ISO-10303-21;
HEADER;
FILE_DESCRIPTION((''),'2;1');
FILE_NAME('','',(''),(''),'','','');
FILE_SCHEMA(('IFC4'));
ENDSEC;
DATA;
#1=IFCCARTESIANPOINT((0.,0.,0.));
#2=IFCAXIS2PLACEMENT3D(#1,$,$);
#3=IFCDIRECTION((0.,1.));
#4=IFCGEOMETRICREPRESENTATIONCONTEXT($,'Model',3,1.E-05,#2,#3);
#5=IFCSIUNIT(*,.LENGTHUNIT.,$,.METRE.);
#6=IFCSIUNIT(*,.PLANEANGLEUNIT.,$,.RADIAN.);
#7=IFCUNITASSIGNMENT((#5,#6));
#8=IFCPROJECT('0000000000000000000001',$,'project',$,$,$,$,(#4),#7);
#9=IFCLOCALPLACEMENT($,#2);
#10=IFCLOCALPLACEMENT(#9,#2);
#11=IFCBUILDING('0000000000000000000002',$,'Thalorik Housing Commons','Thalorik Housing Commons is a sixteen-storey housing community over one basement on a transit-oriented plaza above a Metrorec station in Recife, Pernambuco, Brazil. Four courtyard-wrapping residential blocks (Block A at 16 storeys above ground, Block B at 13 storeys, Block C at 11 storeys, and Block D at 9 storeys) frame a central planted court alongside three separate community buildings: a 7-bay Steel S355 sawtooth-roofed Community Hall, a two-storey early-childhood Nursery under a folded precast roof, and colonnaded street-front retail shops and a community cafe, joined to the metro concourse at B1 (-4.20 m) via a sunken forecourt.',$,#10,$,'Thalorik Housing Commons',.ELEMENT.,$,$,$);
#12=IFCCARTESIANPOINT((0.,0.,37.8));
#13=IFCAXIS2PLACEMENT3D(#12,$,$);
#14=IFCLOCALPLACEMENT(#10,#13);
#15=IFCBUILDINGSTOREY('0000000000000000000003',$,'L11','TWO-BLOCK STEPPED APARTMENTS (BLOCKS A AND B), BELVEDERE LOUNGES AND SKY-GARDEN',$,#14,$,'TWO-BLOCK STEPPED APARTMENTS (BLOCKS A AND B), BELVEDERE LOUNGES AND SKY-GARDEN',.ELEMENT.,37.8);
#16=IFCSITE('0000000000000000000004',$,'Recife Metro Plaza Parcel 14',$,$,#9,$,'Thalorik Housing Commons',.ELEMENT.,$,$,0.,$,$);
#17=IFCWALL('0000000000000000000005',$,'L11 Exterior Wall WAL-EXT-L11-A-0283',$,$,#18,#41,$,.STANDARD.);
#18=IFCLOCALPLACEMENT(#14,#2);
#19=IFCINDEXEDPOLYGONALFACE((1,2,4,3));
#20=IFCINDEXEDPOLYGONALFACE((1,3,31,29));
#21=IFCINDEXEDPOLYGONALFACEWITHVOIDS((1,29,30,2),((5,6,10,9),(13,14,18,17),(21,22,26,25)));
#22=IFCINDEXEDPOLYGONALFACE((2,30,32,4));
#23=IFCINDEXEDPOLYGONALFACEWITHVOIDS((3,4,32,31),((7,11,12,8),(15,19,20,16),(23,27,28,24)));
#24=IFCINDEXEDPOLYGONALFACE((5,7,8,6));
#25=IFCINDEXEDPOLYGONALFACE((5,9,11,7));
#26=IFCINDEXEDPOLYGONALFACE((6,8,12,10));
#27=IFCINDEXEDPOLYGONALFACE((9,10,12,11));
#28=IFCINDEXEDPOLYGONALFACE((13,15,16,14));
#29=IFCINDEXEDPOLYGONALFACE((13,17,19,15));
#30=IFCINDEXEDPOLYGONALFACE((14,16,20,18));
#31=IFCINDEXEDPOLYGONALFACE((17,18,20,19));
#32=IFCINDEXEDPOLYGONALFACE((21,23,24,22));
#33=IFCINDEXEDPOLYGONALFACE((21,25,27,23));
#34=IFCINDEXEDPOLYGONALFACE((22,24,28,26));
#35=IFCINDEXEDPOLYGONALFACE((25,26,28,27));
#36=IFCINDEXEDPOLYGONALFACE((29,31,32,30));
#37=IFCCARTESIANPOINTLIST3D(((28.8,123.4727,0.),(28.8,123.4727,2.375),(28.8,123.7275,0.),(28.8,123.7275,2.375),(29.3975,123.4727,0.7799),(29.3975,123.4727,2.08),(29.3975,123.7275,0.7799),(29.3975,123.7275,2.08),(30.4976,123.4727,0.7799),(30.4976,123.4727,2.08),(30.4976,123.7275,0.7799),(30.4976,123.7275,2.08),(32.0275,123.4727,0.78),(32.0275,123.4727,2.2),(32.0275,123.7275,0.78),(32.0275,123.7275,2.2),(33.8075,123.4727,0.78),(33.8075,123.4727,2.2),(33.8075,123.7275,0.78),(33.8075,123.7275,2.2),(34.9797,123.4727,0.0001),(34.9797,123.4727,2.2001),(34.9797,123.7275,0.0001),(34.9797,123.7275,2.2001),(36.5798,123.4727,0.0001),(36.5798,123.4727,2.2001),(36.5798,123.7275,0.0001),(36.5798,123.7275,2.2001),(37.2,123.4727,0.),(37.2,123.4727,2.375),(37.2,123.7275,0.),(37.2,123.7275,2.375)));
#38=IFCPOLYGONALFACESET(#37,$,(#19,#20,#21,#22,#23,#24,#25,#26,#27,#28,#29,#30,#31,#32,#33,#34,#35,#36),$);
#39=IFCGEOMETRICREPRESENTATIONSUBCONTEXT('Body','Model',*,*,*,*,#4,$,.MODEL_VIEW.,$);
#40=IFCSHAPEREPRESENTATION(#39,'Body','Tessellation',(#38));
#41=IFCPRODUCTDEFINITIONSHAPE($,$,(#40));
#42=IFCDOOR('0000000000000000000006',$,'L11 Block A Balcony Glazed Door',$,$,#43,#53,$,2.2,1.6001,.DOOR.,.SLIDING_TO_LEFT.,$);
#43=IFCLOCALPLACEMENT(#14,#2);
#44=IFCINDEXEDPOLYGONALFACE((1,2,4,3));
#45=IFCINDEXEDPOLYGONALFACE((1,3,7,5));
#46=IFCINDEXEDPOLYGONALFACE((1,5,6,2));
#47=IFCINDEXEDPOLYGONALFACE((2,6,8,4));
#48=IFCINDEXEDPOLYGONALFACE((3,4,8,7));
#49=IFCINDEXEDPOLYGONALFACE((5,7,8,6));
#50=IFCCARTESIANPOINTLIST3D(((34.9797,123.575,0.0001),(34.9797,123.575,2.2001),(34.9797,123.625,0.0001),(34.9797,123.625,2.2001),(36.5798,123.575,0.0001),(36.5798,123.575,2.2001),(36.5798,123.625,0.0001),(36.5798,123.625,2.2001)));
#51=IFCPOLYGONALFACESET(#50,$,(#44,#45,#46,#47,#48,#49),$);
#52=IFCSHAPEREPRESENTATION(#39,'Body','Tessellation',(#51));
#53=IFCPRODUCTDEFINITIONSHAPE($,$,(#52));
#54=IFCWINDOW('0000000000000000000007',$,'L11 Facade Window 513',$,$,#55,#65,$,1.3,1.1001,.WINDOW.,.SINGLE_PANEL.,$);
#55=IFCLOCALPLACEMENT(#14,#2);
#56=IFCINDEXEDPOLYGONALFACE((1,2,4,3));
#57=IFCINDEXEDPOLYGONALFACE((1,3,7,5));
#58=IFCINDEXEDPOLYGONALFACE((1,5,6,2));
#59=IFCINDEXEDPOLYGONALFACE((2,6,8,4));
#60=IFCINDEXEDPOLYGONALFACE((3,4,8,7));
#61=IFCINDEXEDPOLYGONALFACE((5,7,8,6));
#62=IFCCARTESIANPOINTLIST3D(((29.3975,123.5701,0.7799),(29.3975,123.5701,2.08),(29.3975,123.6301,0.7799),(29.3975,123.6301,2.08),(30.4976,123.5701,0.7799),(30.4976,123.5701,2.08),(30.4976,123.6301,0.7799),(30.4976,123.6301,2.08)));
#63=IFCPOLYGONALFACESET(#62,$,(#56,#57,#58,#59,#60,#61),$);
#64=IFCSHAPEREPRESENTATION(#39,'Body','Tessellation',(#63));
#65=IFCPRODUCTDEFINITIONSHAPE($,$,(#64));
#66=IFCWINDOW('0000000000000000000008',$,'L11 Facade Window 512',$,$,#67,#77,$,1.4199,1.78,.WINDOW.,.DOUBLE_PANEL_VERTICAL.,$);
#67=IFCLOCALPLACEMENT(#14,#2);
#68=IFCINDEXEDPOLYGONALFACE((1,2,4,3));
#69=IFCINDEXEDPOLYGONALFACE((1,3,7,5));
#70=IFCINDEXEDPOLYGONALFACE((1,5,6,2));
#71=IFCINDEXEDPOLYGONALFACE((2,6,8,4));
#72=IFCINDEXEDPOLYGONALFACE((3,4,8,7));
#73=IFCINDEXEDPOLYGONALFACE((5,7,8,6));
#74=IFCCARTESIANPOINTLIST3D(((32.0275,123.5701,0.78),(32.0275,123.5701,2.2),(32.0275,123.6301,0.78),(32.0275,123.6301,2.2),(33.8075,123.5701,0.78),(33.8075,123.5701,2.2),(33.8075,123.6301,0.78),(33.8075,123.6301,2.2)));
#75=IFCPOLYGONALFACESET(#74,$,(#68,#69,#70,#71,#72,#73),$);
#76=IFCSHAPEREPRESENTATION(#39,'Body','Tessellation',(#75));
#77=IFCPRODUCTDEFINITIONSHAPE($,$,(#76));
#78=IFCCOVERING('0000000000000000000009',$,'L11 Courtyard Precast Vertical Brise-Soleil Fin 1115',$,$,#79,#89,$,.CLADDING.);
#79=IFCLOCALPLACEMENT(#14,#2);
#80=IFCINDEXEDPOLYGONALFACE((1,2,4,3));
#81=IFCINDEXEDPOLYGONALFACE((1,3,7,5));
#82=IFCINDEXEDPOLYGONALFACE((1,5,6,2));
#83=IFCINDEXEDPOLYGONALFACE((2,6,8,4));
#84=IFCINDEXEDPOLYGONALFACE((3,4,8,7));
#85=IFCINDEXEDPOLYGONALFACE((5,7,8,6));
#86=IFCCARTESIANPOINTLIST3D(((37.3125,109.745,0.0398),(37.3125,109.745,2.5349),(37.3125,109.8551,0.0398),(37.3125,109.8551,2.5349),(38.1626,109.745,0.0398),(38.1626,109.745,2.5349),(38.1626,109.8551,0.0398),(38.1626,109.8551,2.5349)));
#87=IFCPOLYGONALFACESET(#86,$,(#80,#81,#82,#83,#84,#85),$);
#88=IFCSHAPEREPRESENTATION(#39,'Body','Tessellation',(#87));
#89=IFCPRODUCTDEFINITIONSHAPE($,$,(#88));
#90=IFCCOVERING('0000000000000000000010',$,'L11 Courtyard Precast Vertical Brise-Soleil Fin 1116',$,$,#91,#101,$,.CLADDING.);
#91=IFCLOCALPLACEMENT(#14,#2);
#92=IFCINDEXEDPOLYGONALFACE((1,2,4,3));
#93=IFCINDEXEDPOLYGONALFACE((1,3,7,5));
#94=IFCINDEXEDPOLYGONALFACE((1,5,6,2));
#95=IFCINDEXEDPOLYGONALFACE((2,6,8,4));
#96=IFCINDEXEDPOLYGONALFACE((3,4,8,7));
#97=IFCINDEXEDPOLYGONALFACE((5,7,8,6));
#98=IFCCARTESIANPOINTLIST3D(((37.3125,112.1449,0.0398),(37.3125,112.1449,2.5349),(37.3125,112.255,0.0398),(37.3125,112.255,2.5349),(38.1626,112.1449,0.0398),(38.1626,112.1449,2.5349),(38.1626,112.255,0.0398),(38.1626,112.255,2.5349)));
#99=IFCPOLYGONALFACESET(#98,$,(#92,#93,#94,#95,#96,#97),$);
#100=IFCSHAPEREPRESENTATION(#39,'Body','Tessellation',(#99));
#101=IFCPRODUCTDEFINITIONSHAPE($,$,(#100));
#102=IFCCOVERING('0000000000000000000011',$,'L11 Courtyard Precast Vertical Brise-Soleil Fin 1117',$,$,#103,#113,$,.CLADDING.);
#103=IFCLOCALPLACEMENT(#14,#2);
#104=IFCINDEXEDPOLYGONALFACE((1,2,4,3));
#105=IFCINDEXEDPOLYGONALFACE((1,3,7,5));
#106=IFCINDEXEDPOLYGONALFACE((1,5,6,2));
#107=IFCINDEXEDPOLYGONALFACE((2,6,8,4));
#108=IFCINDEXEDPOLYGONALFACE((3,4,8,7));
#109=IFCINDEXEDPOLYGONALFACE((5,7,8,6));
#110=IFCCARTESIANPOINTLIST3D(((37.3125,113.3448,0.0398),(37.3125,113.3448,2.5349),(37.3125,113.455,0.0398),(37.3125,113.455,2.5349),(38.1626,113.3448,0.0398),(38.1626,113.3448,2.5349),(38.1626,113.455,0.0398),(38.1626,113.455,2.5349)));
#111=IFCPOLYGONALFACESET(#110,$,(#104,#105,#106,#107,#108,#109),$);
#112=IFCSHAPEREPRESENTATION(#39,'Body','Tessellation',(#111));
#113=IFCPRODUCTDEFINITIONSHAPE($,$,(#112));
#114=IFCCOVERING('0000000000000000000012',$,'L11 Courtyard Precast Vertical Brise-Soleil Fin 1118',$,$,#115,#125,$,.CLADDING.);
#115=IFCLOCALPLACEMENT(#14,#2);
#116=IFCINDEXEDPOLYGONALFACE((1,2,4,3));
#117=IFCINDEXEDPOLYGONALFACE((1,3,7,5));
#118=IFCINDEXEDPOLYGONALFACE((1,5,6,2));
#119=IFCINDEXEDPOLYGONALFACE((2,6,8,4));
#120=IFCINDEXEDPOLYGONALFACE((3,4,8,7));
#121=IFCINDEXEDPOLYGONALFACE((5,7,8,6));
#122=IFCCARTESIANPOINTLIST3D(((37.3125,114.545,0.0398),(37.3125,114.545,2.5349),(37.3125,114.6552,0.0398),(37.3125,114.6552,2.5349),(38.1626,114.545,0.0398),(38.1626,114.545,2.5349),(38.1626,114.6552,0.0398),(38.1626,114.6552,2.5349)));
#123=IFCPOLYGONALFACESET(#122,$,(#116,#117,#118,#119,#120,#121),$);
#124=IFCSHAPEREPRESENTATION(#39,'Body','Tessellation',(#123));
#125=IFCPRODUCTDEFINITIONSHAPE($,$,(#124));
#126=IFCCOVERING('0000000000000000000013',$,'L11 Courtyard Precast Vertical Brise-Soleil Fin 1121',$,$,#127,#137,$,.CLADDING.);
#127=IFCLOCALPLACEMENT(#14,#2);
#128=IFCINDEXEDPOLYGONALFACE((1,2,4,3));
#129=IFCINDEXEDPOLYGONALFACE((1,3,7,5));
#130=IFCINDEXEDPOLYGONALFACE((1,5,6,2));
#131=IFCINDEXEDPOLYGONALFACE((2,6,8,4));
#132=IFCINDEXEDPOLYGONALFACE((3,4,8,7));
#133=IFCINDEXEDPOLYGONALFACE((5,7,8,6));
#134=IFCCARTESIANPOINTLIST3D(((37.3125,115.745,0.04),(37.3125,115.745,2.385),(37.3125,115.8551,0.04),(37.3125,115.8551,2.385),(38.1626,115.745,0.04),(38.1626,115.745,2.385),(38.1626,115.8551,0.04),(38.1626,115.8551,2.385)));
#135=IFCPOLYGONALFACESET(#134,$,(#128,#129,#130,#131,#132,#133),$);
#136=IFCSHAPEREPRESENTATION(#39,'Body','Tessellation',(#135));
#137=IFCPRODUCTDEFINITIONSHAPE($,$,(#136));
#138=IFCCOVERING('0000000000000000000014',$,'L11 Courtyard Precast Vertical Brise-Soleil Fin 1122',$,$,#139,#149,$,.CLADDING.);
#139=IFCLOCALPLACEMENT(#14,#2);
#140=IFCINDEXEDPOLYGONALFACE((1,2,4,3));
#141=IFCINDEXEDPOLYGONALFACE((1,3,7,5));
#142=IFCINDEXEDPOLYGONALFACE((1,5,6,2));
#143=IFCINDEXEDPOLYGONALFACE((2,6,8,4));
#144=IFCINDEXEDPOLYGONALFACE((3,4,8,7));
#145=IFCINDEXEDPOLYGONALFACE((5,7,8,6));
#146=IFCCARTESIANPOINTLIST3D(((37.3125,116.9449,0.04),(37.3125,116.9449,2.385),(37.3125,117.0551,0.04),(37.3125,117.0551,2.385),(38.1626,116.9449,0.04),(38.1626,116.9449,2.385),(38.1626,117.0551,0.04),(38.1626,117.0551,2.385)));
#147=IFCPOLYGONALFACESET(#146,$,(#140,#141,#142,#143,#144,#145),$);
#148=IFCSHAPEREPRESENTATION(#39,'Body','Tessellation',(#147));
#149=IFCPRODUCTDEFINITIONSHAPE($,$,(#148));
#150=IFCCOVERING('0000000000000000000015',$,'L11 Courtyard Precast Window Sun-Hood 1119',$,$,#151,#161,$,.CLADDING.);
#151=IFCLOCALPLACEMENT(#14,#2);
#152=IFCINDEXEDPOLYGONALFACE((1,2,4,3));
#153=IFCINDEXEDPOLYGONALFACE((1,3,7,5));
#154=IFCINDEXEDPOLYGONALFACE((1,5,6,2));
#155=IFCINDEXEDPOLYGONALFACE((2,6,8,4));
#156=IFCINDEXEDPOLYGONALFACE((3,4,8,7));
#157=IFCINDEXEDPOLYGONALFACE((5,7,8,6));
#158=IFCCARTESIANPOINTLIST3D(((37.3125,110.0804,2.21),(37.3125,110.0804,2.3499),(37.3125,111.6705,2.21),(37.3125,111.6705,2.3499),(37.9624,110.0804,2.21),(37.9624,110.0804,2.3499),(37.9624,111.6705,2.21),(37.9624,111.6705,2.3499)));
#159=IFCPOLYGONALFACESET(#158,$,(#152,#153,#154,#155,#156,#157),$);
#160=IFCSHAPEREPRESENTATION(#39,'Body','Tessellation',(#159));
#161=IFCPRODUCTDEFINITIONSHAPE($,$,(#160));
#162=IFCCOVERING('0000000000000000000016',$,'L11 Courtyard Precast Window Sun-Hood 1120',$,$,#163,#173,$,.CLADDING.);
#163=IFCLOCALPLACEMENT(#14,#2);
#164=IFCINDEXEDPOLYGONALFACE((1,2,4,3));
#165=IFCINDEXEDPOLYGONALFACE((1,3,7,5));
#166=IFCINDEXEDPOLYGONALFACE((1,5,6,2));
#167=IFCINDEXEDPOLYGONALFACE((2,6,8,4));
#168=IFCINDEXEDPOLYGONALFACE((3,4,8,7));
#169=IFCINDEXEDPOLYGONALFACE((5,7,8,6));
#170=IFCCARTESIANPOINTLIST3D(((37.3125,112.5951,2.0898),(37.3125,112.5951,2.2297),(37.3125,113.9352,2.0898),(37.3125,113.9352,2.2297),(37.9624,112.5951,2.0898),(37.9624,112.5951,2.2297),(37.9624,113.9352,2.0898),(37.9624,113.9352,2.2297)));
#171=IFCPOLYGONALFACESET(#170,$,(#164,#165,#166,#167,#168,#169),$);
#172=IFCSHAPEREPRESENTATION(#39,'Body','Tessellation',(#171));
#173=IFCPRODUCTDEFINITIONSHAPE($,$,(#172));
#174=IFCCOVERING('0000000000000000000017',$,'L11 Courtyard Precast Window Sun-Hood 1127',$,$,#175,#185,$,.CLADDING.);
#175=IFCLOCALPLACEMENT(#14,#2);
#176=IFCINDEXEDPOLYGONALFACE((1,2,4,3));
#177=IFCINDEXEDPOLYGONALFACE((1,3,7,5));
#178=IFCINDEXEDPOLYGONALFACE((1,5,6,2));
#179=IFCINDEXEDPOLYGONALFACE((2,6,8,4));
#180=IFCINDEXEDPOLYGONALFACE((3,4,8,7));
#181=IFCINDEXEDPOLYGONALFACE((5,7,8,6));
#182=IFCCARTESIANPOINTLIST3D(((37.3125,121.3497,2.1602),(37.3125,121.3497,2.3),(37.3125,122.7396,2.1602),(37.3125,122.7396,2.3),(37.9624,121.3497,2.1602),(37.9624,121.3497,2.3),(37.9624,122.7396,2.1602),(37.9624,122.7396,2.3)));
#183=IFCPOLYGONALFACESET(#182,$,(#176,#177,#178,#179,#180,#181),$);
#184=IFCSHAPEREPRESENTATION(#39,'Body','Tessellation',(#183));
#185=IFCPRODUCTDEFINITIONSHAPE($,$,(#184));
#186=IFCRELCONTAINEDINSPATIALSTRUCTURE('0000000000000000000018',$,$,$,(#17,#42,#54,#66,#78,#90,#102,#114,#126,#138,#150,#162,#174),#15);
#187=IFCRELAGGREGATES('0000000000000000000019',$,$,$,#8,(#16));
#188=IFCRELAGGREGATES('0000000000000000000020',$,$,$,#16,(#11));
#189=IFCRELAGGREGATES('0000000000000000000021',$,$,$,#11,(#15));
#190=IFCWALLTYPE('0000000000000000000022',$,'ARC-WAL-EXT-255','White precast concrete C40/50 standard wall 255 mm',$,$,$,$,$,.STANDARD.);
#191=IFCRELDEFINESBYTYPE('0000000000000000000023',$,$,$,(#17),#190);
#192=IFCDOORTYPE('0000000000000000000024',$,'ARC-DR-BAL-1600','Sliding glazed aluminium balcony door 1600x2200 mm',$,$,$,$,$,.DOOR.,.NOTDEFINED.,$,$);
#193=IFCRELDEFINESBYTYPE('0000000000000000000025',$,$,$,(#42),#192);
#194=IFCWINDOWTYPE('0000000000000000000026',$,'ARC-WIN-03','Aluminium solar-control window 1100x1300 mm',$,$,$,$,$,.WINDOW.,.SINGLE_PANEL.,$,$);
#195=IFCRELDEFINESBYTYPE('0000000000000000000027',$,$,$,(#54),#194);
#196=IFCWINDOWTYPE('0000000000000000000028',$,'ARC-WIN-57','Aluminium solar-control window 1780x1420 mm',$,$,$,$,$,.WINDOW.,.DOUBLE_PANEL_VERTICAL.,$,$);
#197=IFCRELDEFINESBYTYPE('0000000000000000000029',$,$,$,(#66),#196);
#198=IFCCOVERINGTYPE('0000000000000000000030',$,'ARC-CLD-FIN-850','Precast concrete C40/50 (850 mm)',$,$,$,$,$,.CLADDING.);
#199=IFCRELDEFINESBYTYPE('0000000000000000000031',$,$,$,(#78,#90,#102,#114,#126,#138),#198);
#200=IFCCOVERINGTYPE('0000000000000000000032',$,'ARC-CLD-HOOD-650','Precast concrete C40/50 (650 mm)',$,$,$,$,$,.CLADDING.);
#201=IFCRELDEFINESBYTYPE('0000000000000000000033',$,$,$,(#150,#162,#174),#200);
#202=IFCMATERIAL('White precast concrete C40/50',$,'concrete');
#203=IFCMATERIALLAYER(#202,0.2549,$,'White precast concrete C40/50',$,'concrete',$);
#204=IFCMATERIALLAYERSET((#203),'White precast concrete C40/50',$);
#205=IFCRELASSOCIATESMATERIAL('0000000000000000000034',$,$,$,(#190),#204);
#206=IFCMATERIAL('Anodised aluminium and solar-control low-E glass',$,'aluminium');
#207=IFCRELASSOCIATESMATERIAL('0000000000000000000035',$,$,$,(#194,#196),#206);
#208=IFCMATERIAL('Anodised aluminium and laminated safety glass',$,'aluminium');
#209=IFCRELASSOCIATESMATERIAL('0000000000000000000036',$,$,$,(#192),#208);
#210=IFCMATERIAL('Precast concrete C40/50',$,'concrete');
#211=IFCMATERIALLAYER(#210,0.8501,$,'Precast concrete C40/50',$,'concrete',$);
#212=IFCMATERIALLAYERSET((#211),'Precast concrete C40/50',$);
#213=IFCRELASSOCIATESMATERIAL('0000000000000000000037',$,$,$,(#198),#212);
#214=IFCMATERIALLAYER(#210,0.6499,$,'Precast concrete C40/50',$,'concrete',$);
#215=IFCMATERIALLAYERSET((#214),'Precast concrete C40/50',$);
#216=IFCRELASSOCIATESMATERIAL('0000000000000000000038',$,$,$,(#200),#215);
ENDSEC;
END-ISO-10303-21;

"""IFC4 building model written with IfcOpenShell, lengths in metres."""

from ifc_helpers import new_model, si_unit, direction, frame, frame_2d, origin, origin_2d, place, context, subcontext, project, spatial, rectangle, extrude, material, layer, layer_set, type_object, element, fill, save


model = new_model("IFC4")

# Units and contexts
model_context = context("Model", 3, precision=1e-05, world=origin(), true_north=direction((0.0, 1.0)))
body_context = subcontext(model_context, "Body", "Model", "MODEL_VIEW")
ifc_project = project(units=[si_unit("LENGTHUNIT", "METRE"), si_unit("PLANEANGLEUNIT", "RADIAN")], contexts=[model_context])

# Site, building, storey
site_placement = place(None, origin())
site = spatial("IfcSite", under=ifc_project, at=site_placement, Name="Recife Metro Plaza Parcel 14", LongName="Thalorik Housing Commons", CompositionType="ELEMENT", RefElevation=0.0)
building_placement = place(site_placement, origin())
building = spatial("IfcBuilding", under=site, at=building_placement, Name="Thalorik Housing Commons", Description="Thalorik Housing Commons is a sixteen-storey housing community over one basement on a transit-oriented plaza above a Metrorec station in Recife, Pernambuco, Brazil. Four courtyard-wrapping residential blocks (Block A at 16 storeys above ground, Block B at 13 storeys, Block C at 11 storeys, and Block D at 9 storeys) frame a central planted court alongside three separate community buildings: a 7-bay Steel S355 sawtooth-roofed Community Hall, a two-storey early-childhood Nursery under a folded precast roof, and colonnaded street-front retail shops and a community cafe, joined to the metro concourse at B1 (-4.20 m) via a sunken forecourt.", LongName="Thalorik Housing Commons", CompositionType="ELEMENT")
storey_placement = place(building_placement, frame((0.0, 0.0, 37.8)))
storey = spatial("IfcBuildingStorey", under=building, at=storey_placement, Name="L11", Description="TWO-BLOCK STEPPED APARTMENTS (BLOCKS A AND B), BELVEDERE LOUNGES AND SKY-GARDEN", LongName="TWO-BLOCK STEPPED APARTMENTS (BLOCKS A AND B), BELVEDERE LOUNGES AND SKY-GARDEN", CompositionType="ELEMENT", Elevation=37.8)

# Shared definitions
ifc_material_1 = material(Name="Precast concrete C40/50", Category="concrete")

# Shared definitions
ifc_material_2 = material(Name="Anodised aluminium and solar-control low-E glass", Category="aluminium")

# Shared definitions
ifc_material_3 = material(Name="White precast concrete C40/50", Category="concrete")
ifc_layer_1 = layer(ifc_material_3, 0.2549, Name="White precast concrete C40/50", Category="concrete")
ifc_layer_set_1 = layer_set([ifc_layer_1], Name="White precast concrete C40/50")
wall_type = type_object("IfcWallType", Name="ARC-WAL-EXT-255", Description="White precast concrete C40/50 standard wall 255 mm", PredefinedType="STANDARD", material=ifc_layer_set_1)
ifc_material_4 = material(Name="Anodised aluminium and laminated safety glass", Category="aluminium")
window_type_1 = type_object("IfcWindowType", Name="ARC-WIN-03", Description="Aluminium solar-control window 1100x1300 mm", PartitioningType="SINGLE_PANEL", PredefinedType="WINDOW", material=ifc_material_2)

# Wall, openings, door, windows
wall_1_placement = place(storey_placement, frame((37.2, 123.6001, 0.0), z_axis=(0.0, 0.0, 1.0), x_axis=(-1.0, 0.0, 0.0)))
wall_1 = element("IfcWall", 1, at=wall_1_placement, inside=storey, type_object=wall_type, Name="L11 Exterior Wall WAL-EXT-L11-A-0283", PredefinedType="STANDARD", context=body_context, shape_type="SweptSolid", body=[
    extrude(rectangle(XDim=8.3999, YDim=0.2549, at=frame_2d((4.2, 0.0))), origin(), (0.0, 0.0, 1.0), 2.375),
])
opening_1_placement = place(wall_1_placement, frame((0.6201, 0.0, 0.0)))
opening_1 = element("IfcOpeningElement", 2, at=opening_1_placement, cuts=wall_1, PredefinedType="OPENING", context=body_context, shape_type="SweptSolid", body=[
    extrude(rectangle(XDim=1.6001, YDim=2.2, at=frame_2d((0.8, 1.1001))), frame((0.0, 0.1375, 0.0), z_axis=(0.0, -1.0, 0.0), x_axis=(1.0, 0.0, 0.0)), (0.0, 0.0, 1.0), 0.2749),
])
opening_2_placement = place(wall_1_placement, frame((3.3923, 0.0, 0.78)))
opening_2 = element("IfcOpeningElement", 3, at=opening_2_placement, cuts=wall_1, PredefinedType="OPENING", context=body_context, shape_type="SweptSolid", body=[
    extrude(rectangle(XDim=1.78, YDim=1.4199, at=frame_2d((0.8901, 0.71))), frame((0.0, 0.1375, 0.0), z_axis=(0.0, -1.0, 0.0), x_axis=(1.0, 0.0, 0.0)), (0.0, 0.0, 1.0), 0.2749),
])
opening_3_placement = place(wall_1_placement, frame((6.7024, 0.0, 0.78)))
opening_3 = element("IfcOpeningElement", 4, at=opening_3_placement, cuts=wall_1, PredefinedType="OPENING", context=body_context, shape_type="SweptSolid", body=[
    extrude(rectangle(XDim=1.1001, YDim=1.3, at=frame_2d((0.55, 0.6499))), frame((0.0, 0.1375, 0.0), z_axis=(0.0, -1.0, 0.0), x_axis=(1.0, 0.0, 0.0)), (0.0, 0.0, 1.0), 0.2749),
])
door_type_1 = type_object("IfcDoorType", Name="ARC-DR-BAL-1600", Description="Sliding glazed aluminium balcony door 1600x2200 mm", OperationType="NOTDEFINED", PredefinedType="DOOR", material=ifc_material_4)
door_1_placement = place(opening_1_placement, frame((1.6001, 0.0, 0.0), z_axis=(0.0, 0.0, 1.0), x_axis=(-1.0, 0.0, 0.0)))
door_1 = element("IfcDoor", 5, at=door_1_placement, inside=storey, type_object=door_type_1, Name="L11 Block A Balcony Glazed Door", OperationType="SLIDING_TO_LEFT", OverallHeight=2.2, OverallWidth=1.6001, PredefinedType="DOOR", context=body_context, shape_type="SweptSolid", body=[
    extrude(rectangle(XDim=1.6001, YDim=2.2, at=frame_2d((0.8, 1.1001))), frame((0.0, 0.0249, 0.0), z_axis=(0.0, -1.0, 0.0), x_axis=(1.0, 0.0, 0.0)), (0.0, 0.0, 1.0), 0.05),
])
fill(opening_1, door_1)
window_1_placement = place(opening_3_placement, origin())
window_1 = element("IfcWindow", 6, at=window_1_placement, inside=storey, type_object=window_type_1, Name="L11 Facade Window 513", OverallHeight=1.3, OverallWidth=1.1001, PartitioningType="SINGLE_PANEL", PredefinedType="WINDOW", context=body_context, shape_type="SweptSolid", body=[
    extrude(rectangle(XDim=1.1001, YDim=1.3, at=frame_2d((0.55, 0.6499))), frame((0.0, 0.03, 0.0), z_axis=(0.0, -1.0, 0.0), x_axis=(1.0, 0.0, 0.0)), (0.0, 0.0, 1.0), 0.0601),
])
fill(opening_3, window_1)
window_type_2 = type_object("IfcWindowType", Name="ARC-WIN-57", Description="Aluminium solar-control window 1780x1420 mm", PartitioningType="DOUBLE_PANEL_VERTICAL", PredefinedType="WINDOW", material=ifc_material_2)
window_2_placement = place(opening_2_placement, origin())
window_2 = element("IfcWindow", 7, at=window_2_placement, inside=storey, type_object=window_type_2, Name="L11 Facade Window 512", OverallHeight=1.4199, OverallWidth=1.78, PartitioningType="DOUBLE_PANEL_VERTICAL", PredefinedType="WINDOW", context=body_context, shape_type="SweptSolid", body=[
    extrude(rectangle(XDim=1.78, YDim=1.4199, at=frame_2d((0.8901, 0.71))), frame((0.0, 0.03, 0.0), z_axis=(0.0, -1.0, 0.0), x_axis=(1.0, 0.0, 0.0)), (0.0, 0.0, 1.0), 0.0601),
])
fill(opening_2, window_2)

# Coverings
ifc_layer_2 = layer(ifc_material_1, 0.8501, Name="Precast concrete C40/50", Category="concrete")
ifc_layer_set_2 = layer_set([ifc_layer_2], Name="Precast concrete C40/50")
covering_type_1 = type_object("IfcCoveringType", Name="ARC-CLD-FIN-850", Description="Precast concrete C40/50 (850 mm)", PredefinedType="CLADDING", material=ifc_layer_set_2)
for number, where, z_axis, x_axis, name in (
    (8, (37.7375, 109.8, 0.0398), (0.0, 0.0, 1.0), (0.0, 1.0, 0.0), "L11 Courtyard Precast Vertical Brise-Soleil Fin 1115"),
    (9, (37.7375, 112.2, 0.0398), (0.0, 0.0, 1.0), (0.0, 1.0, 0.0), "L11 Courtyard Precast Vertical Brise-Soleil Fin 1116"),
    (10, (37.7375, 113.3999, 0.0398), (0.0, 0.0, 1.0), (0.0, 1.0, 0.0), "L11 Courtyard Precast Vertical Brise-Soleil Fin 1117"),
    (11, (37.7375, 114.6001, 0.0398), (0.0, 0.0, 1.0), (0.0, 1.0, 0.0), "L11 Courtyard Precast Vertical Brise-Soleil Fin 1118"),
):
    element("IfcCovering", number, at=place(storey_placement, frame(where, z_axis=z_axis, x_axis=x_axis)), inside=storey, type_object=covering_type_1, Name=name, PredefinedType="CLADDING", context=body_context, shape_type="SweptSolid", body=[
        extrude(rectangle(XDim=0.1101, YDim=0.8501, at=origin_2d()), origin(), (0.0, 0.0, 1.0), 2.4951),
    ])
for number, where, z_axis, x_axis, name in (
    (12, (37.7375, 115.8, 0.04), (0.0, 0.0, 1.0), (0.0, 1.0, 0.0), "L11 Courtyard Precast Vertical Brise-Soleil Fin 1121"),
    (13, (37.7375, 117.0, 0.04), (0.0, 0.0, 1.0), (0.0, 1.0, 0.0), "L11 Courtyard Precast Vertical Brise-Soleil Fin 1122"),
):
    element("IfcCovering", number, at=place(storey_placement, frame(where, z_axis=z_axis, x_axis=x_axis)), inside=storey, type_object=covering_type_1, Name=name, PredefinedType="CLADDING", context=body_context, shape_type="SweptSolid", body=[
        extrude(rectangle(XDim=0.1101, YDim=0.8501, at=origin_2d()), origin(), (0.0, 0.0, 1.0), 2.345),
    ])
ifc_layer_3 = layer(ifc_material_1, 0.6499, Name="Precast concrete C40/50", Category="concrete")
ifc_layer_set_3 = layer_set([ifc_layer_3], Name="Precast concrete C40/50")
covering_type_2 = type_object("IfcCoveringType", Name="ARC-CLD-HOOD-650", Description="Precast concrete C40/50 (650 mm)", PredefinedType="CLADDING", material=ifc_layer_set_3)
covering_1_placement = place(storey_placement, frame((37.6375, 110.8755, 2.21), z_axis=(0.0, 0.0, 1.0), x_axis=(0.0, 1.0, 0.0)))
element("IfcCovering", 14, at=covering_1_placement, inside=storey, type_object=covering_type_2, Name="L11 Courtyard Precast Window Sun-Hood 1119", PredefinedType="CLADDING", context=body_context, shape_type="SweptSolid", body=[
    extrude(rectangle(XDim=1.5901, YDim=0.6499, at=origin_2d()), origin(), (0.0, 0.0, 1.0), 0.1399),
])
covering_2_placement = place(storey_placement, frame((37.6375, 113.2651, 2.0898), z_axis=(0.0, 0.0, 1.0), x_axis=(0.0, 1.0, 0.0)))
element("IfcCovering", 15, at=covering_2_placement, inside=storey, type_object=covering_type_2, Name="L11 Courtyard Precast Window Sun-Hood 1120", PredefinedType="CLADDING", context=body_context, shape_type="SweptSolid", body=[
    extrude(rectangle(XDim=1.3401, YDim=0.6499, at=origin_2d()), origin(), (0.0, 0.0, 1.0), 0.1399),
])
covering_3_placement = place(storey_placement, frame((37.6375, 122.0447, 2.1602), z_axis=(0.0, 0.0, 1.0), x_axis=(0.0, 1.0, 0.0)))
element("IfcCovering", 16, at=covering_3_placement, inside=storey, type_object=covering_type_2, Name="L11 Courtyard Precast Window Sun-Hood 1127", PredefinedType="CLADDING", context=body_context, shape_type="SweptSolid", body=[
    extrude(rectangle(XDim=1.3899, YDim=0.6499, at=origin_2d()), origin(), (0.0, 0.0, 1.0), 0.1399),
])

save(model, "model.ifc")
